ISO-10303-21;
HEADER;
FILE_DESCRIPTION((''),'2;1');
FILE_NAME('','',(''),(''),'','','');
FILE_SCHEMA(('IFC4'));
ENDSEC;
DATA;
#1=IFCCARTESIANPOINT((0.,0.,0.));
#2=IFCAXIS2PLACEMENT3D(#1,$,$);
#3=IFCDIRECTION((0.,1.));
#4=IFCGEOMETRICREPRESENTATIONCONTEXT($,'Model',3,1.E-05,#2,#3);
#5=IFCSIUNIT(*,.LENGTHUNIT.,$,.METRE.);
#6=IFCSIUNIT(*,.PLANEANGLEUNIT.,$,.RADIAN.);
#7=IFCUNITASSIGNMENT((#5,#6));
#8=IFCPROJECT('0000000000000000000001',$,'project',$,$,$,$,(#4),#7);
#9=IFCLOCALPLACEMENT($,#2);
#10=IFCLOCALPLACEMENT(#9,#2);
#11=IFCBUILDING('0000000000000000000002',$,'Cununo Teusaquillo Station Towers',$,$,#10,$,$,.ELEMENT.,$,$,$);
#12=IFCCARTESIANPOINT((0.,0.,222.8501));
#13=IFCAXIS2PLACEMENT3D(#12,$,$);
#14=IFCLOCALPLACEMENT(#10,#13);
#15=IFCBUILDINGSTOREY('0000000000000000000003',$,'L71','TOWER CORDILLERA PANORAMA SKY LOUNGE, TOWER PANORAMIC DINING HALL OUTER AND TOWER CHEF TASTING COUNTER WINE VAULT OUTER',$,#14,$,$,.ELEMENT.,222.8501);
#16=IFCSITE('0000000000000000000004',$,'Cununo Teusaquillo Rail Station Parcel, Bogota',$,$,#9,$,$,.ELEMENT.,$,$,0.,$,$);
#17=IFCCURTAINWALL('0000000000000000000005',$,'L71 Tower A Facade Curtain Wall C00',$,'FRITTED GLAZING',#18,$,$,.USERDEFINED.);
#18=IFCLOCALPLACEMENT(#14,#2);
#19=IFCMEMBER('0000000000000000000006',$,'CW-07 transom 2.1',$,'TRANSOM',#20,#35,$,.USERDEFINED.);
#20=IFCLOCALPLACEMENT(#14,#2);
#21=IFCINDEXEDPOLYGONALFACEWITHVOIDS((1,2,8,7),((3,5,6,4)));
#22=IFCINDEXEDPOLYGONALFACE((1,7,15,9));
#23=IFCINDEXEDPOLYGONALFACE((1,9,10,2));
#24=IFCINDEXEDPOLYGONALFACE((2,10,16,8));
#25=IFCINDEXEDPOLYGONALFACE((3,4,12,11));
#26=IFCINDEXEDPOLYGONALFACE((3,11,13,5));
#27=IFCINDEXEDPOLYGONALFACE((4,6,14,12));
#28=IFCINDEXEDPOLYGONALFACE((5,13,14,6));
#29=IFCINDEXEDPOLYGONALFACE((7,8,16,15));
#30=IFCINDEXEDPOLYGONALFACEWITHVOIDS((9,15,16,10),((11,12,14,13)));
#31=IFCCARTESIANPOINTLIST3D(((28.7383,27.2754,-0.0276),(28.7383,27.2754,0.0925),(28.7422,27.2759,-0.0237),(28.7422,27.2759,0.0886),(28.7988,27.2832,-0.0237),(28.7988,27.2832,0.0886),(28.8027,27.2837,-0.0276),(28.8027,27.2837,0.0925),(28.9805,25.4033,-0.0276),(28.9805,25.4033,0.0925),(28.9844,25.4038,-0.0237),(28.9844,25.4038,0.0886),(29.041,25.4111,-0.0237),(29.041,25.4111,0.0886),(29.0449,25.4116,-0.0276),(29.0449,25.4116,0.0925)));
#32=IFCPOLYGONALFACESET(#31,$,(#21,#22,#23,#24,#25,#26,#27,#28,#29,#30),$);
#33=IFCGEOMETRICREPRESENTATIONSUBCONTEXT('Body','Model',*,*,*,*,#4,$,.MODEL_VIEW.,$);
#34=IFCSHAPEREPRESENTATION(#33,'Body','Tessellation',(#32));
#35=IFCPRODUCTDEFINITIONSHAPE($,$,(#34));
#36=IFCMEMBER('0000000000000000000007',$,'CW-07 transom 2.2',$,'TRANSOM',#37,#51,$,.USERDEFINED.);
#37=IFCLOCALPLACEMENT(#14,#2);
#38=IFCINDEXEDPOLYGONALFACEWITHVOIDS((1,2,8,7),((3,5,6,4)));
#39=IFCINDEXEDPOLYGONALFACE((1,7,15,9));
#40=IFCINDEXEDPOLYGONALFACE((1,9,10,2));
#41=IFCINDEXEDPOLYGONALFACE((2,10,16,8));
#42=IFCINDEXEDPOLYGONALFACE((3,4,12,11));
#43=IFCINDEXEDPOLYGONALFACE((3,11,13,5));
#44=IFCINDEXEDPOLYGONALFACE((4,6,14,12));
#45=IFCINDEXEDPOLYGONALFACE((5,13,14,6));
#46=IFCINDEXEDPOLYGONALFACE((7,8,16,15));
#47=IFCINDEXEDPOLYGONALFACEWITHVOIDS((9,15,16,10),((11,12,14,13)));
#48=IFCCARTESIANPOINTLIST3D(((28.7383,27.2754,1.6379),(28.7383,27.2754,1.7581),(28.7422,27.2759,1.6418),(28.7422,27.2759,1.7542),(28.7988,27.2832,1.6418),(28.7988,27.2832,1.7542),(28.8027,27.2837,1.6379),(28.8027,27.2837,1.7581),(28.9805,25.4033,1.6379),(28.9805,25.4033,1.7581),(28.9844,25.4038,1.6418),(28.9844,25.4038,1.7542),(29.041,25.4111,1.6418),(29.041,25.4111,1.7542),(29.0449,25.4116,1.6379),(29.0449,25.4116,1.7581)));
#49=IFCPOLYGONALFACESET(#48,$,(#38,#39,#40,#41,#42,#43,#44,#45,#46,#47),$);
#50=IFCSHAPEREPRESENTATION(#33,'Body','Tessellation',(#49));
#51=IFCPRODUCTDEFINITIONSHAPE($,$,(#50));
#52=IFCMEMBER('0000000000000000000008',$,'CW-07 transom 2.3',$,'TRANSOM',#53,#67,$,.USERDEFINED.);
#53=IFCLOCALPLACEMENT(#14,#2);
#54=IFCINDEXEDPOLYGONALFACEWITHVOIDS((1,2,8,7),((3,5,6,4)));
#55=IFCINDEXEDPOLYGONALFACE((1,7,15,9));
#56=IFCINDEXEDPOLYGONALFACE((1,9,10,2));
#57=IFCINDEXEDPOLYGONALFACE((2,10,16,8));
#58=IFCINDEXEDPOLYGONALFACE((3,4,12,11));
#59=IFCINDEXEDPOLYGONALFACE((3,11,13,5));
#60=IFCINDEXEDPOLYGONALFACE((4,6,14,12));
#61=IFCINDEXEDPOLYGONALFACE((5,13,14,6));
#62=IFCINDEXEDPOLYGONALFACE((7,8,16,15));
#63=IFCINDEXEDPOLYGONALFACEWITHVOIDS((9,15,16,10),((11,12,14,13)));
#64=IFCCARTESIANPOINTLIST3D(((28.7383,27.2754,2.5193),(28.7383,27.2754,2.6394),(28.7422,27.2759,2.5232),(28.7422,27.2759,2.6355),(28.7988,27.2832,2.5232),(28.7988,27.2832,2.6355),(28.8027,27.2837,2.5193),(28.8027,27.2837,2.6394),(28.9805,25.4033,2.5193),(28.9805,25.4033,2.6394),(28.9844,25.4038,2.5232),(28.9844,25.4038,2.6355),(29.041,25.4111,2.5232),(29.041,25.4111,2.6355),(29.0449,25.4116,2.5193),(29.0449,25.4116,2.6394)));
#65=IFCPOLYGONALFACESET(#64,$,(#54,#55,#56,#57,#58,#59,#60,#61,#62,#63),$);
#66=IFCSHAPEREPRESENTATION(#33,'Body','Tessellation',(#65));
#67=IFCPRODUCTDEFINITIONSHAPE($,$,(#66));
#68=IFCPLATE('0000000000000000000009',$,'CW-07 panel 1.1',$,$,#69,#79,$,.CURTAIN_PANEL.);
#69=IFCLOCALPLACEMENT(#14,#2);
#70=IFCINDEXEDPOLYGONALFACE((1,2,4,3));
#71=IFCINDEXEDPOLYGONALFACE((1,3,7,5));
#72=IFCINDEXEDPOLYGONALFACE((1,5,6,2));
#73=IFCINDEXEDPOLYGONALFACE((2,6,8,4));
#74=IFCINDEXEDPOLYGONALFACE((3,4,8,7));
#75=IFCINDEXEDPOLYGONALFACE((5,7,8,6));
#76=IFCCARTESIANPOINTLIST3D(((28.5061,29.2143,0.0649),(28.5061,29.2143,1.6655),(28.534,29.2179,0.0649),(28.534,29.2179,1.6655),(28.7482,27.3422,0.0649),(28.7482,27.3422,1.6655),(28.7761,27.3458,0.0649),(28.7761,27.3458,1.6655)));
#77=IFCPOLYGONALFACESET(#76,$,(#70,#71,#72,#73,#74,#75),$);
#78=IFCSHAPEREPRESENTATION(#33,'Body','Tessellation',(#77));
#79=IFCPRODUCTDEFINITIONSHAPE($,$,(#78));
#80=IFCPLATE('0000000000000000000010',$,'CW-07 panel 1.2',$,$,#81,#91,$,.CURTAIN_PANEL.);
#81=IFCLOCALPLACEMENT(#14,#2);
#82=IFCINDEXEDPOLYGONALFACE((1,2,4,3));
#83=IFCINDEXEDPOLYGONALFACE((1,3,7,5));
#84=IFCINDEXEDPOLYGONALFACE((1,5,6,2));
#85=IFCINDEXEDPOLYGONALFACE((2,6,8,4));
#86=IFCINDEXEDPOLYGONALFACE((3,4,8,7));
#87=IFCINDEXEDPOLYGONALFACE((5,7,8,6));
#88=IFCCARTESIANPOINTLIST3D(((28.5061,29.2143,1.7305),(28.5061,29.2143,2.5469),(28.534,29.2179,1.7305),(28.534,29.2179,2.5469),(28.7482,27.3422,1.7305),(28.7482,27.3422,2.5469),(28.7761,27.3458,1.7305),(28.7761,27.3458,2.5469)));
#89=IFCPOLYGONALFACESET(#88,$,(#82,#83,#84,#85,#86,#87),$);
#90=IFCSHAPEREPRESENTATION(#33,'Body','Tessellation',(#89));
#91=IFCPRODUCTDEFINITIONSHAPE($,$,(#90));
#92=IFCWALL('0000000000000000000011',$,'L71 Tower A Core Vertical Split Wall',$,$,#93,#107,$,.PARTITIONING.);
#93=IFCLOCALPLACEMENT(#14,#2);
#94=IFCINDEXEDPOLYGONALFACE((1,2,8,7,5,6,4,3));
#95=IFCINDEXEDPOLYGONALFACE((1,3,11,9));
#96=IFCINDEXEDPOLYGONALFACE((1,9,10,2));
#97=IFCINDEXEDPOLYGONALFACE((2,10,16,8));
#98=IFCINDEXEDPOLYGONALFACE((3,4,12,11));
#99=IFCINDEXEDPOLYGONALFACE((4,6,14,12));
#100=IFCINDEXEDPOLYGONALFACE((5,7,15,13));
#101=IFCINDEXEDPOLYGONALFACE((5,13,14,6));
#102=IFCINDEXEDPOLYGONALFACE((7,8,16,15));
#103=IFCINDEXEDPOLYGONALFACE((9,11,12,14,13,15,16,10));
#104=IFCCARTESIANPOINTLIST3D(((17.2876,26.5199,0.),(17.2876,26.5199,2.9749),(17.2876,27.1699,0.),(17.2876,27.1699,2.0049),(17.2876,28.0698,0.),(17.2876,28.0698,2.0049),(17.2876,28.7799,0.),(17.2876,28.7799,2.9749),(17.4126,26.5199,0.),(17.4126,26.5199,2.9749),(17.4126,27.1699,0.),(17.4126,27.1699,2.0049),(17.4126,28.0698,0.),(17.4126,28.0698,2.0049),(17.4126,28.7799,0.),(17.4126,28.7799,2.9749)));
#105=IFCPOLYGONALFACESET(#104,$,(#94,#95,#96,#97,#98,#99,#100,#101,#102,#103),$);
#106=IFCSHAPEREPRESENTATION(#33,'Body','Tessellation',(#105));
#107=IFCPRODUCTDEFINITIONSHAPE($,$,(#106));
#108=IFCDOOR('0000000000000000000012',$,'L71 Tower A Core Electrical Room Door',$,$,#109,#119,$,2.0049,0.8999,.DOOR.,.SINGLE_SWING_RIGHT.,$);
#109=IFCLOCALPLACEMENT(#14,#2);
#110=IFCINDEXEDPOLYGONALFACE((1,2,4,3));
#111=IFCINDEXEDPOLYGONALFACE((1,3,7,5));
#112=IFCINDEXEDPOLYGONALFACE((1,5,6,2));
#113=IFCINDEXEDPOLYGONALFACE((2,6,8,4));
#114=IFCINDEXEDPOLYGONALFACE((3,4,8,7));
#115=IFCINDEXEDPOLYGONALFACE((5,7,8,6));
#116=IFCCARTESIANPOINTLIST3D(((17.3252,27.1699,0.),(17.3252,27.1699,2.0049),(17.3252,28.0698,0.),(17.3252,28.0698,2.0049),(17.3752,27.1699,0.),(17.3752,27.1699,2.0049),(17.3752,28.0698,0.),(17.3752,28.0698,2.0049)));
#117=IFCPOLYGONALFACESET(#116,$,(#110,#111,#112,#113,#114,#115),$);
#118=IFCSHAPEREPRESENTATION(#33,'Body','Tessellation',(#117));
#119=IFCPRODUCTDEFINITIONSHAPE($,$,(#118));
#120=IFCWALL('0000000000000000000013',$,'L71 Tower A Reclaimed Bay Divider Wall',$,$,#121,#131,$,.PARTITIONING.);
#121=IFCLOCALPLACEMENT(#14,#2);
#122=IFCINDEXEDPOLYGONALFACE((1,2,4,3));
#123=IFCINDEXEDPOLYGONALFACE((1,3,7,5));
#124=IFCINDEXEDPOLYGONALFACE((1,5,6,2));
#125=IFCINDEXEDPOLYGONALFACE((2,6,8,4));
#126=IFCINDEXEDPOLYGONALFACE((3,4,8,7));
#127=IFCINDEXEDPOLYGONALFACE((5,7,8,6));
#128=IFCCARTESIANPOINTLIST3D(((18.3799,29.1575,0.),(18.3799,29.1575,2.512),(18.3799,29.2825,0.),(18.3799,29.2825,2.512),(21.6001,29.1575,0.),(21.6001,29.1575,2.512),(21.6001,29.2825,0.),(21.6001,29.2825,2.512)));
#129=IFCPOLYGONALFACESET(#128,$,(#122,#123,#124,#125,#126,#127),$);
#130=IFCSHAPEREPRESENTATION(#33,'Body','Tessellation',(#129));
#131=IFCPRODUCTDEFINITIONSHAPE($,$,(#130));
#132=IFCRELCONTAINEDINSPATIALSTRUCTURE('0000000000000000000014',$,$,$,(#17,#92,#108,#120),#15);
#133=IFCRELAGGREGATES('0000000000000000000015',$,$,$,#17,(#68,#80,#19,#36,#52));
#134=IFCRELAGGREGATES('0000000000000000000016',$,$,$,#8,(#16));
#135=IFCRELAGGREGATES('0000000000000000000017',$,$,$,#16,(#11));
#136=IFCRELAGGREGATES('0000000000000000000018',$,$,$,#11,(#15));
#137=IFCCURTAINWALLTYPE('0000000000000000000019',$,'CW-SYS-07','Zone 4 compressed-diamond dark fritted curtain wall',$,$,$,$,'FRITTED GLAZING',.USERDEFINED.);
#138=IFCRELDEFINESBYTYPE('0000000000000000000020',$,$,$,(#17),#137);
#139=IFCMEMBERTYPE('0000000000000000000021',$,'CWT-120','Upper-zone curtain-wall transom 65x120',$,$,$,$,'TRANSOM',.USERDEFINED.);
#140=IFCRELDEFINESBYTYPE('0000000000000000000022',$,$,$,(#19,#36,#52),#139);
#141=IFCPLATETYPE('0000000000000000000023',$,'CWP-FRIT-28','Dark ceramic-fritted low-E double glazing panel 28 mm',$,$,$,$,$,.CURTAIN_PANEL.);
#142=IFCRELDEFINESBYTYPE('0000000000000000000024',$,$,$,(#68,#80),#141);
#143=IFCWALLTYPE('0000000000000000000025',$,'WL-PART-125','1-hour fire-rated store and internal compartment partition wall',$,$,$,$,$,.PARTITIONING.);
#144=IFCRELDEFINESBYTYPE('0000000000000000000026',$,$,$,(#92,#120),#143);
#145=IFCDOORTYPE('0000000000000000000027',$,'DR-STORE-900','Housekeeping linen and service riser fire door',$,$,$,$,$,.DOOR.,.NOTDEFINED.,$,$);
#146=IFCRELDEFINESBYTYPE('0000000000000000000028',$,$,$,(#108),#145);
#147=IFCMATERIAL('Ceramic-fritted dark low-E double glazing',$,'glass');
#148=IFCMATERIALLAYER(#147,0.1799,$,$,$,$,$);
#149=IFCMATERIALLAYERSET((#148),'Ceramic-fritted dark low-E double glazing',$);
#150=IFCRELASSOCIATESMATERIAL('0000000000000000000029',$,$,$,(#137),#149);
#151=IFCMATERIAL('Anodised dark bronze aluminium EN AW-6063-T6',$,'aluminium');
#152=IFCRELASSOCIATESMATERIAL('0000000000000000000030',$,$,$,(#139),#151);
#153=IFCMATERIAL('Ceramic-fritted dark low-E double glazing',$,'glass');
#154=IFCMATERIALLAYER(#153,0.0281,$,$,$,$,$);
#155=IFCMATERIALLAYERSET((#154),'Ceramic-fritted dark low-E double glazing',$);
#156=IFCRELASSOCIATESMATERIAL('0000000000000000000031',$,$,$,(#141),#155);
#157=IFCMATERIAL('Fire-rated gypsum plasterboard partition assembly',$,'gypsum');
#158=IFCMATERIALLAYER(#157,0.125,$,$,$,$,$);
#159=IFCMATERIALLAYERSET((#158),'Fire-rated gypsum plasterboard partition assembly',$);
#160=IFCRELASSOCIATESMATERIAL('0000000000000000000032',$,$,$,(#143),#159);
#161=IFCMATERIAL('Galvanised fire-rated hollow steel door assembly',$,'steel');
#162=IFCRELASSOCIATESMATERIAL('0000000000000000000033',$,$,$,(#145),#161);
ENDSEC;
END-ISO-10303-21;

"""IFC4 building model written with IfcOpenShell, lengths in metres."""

from ifc_helpers import new_model, si_unit, direction, frame, frame_2d, origin, origin_2d, place, context, subcontext, project, spatial, rectangle, hollow_rectangle, extrude, source, transform, mapped, material, layer, layer_set, material_profile, profile_set, type_object, element, fill, aggregate, save


model = new_model("IFC4")

# Units and contexts
model_context = context("Model", 3, precision=1e-05, world=origin(), true_north=direction((0.0, 1.0)))
body_context = subcontext(model_context, "Body", "Model", "MODEL_VIEW")
ifc_project = project(units=[si_unit("LENGTHUNIT", "METRE"), si_unit("PLANEANGLEUNIT", "RADIAN")], contexts=[model_context])

# Site, building, storey
site_placement = place(None, origin())
site = spatial("IfcSite", under=ifc_project, at=site_placement, Name="Cununo Teusaquillo Rail Station Parcel, Bogota", CompositionType="ELEMENT", RefElevation=0.0)
building_placement = place(site_placement, origin())
building = spatial("IfcBuilding", under=site, at=building_placement, Name="Cununo Teusaquillo Station Towers", CompositionType="ELEMENT")
storey_placement = place(building_placement, frame((0.0, 0.0, 222.8501)))
storey = spatial("IfcBuildingStorey", under=building, at=storey_placement, Name="L71", Description="TOWER CORDILLERA PANORAMA SKY LOUNGE, TOWER PANORAMIC DINING HALL OUTER AND TOWER CHEF TASTING COUNTER WINE VAULT OUTER", CompositionType="ELEMENT", Elevation=222.8501)

# Curtain wall, members, plates
ifc_material_1 = material(Name="Ceramic-fritted dark low-E double glazing", Category="glass")
ifc_layer_1 = layer(ifc_material_1, 0.1799)
ifc_layer_set_1 = layer_set([ifc_layer_1], Name="Ceramic-fritted dark low-E double glazing")
curtain_wall_type = type_object("IfcCurtainWallType", Name="CW-SYS-07", Description="Zone 4 compressed-diamond dark fritted curtain wall", ElementType="FRITTED GLAZING", PredefinedType="USERDEFINED", material=ifc_layer_set_1)
curtain_wall_placement = place(storey_placement, origin())
curtain_wall = element("IfcCurtainWall", 1, at=curtain_wall_placement, inside=storey, type_object=curtain_wall_type, Name="L71 Tower A Facade Curtain Wall C00", ObjectType="FRITTED GLAZING", PredefinedType="USERDEFINED")
ifc_material_2 = material(Name="Anodised dark bronze aluminium EN AW-6063-T6", Category="aluminium")
ifc_material_profile_1 = material_profile(ifc_material_2, hollow_rectangle(XDim=0.0649, YDim=0.1201, WallThickness=0.0039, at=origin_2d()), Name="CW-TRAN-65x120")
ifc_profile_set_1 = profile_set([ifc_material_profile_1], Name="Anodised dark bronze aluminium EN AW-6063-T6")
member_type_1 = type_object("IfcMemberType", Name="CWT-120", Description="Upper-zone curtain-wall transom 65x120", ElementType="TRANSOM", PredefinedType="USERDEFINED", material=ifc_profile_set_1)
member_1_placement = place(storey_placement, frame((28.7705, 27.2795, 0.0325), z_axis=(0.1283, -0.991735, 0.0), x_axis=(0.991735, 0.1283, 0.0)))
member_1 = element("IfcMember", 2, at=member_1_placement, type_object=member_type_1, Name="CW-07 transom 2.1", ObjectType="TRANSOM", PredefinedType="USERDEFINED", context=body_context, shape_type="SweptSolid", body=[
    extrude(hollow_rectangle(XDim=0.0649, YDim=0.1201, WallThickness=0.0039, at=origin_2d()), origin(), (0.0, 0.0, 1.0), 1.8877),
])
member_2_placement = place(storey_placement, frame((28.7705, 27.2795, 1.698), z_axis=(0.1283, -0.991735, 0.0), x_axis=(0.991735, 0.1283, 0.0)))
member_2 = element("IfcMember", 3, at=member_2_placement, type_object=member_type_1, Name="CW-07 transom 2.2", ObjectType="TRANSOM", PredefinedType="USERDEFINED", context=body_context, shape_type="SweptSolid", body=[
    extrude(hollow_rectangle(XDim=0.0649, YDim=0.1201, WallThickness=0.0039, at=origin_2d()), origin(), (0.0, 0.0, 1.0), 1.8877),
])
member_3_placement = place(storey_placement, frame((28.7705, 27.2795, 2.5793), z_axis=(0.1283, -0.991735, 0.0), x_axis=(0.991735, 0.1283, 0.0)))
member_3 = element("IfcMember", 4, at=member_3_placement, type_object=member_type_1, Name="CW-07 transom 2.3", ObjectType="TRANSOM", PredefinedType="USERDEFINED", context=body_context, shape_type="SweptSolid", body=[
    extrude(hollow_rectangle(XDim=0.0649, YDim=0.1201, WallThickness=0.0039, at=origin_2d()), origin(), (0.0, 0.0, 1.0), 1.8877),
])
ifc_material_3 = material(Name="Ceramic-fritted dark low-E double glazing", Category="glass")
ifc_layer_2 = layer(ifc_material_3, 0.0281)
ifc_layer_set_2 = layer_set([ifc_layer_2], Name="Ceramic-fritted dark low-E double glazing")
plate_type = type_object("IfcPlateType", Name="CWP-FRIT-28", Description="Dark ceramic-fritted low-E double glazing panel 28 mm", PredefinedType="CURTAIN_PANEL", material=ifc_layer_set_2)
shared_shape_1 = source(origin(), body_context, "Body", "SweptSolid", [
    extrude(rectangle(XDim=1.8877, YDim=0.0281, at=origin_2d()), origin(), (0.0, 0.0, 1.0), 1.6006),
])
plate_1_placement = place(storey_placement, frame((28.6411, 28.28, 0.0649), z_axis=(0.0, 0.0, 1.0), x_axis=(0.128253, -0.991742, 0.0)))
plate_1 = element("IfcPlate", 5, at=plate_1_placement, type_object=plate_type, Name="CW-07 panel 1.1", PredefinedType="CURTAIN_PANEL", context=body_context, shape_type="MappedRepresentation", body=[
    mapped(shared_shape_1, transform((0.0, 0.0, 0.0), x_axis=(1.0, 0.0, 0.0), y_axis=(0.0, 1.0, 0.0), z_axis=(0.0, 0.0, 1.0), scale=1.0)),
])
shared_shape_2 = source(origin(), body_context, "Body", "SweptSolid", [
    extrude(rectangle(XDim=1.8877, YDim=0.0281, at=origin_2d()), origin(), (0.0, 0.0, 1.0), 0.8164),
])
plate_2_placement = place(storey_placement, frame((28.6411, 28.28, 1.7305), z_axis=(0.0, 0.0, 1.0), x_axis=(0.128253, -0.991742, 0.0)))
plate_2 = element("IfcPlate", 6, at=plate_2_placement, type_object=plate_type, Name="CW-07 panel 1.2", PredefinedType="CURTAIN_PANEL", context=body_context, shape_type="MappedRepresentation", body=[
    mapped(shared_shape_2, transform((0.0, 0.0, 0.0), x_axis=(1.0, 0.0, 0.0), y_axis=(0.0, 1.0, 0.0), z_axis=(0.0, 0.0, 1.0), scale=1.0)),
])
aggregate(curtain_wall, [plate_1, plate_2, member_1, member_2, member_3])

# Wall, opening, door
ifc_material_4 = material(Name="Fire-rated gypsum plasterboard partition assembly", Category="gypsum")
ifc_layer_3 = layer(ifc_material_4, 0.125)
ifc_layer_set_3 = layer_set([ifc_layer_3], Name="Fire-rated gypsum plasterboard partition assembly")
wall_type_1 = type_object("IfcWallType", Name="WL-PART-125", Description="1-hour fire-rated store and internal compartment partition wall", PredefinedType="PARTITIONING", material=ifc_layer_set_3)
wall_1_placement = place(storey_placement, frame((17.3501, 26.52, 0.0), z_axis=(0.0, 0.0, 1.0), x_axis=(0.0, 1.0, 0.0)))
wall_1 = element("IfcWall", 7, at=wall_1_placement, inside=storey, type_object=wall_type_1, Name="L71 Tower A Core Vertical Split Wall", PredefinedType="PARTITIONING", context=body_context, shape_type="SweptSolid", body=[
    extrude(rectangle(XDim=2.26, YDim=0.125, at=frame_2d((1.1299, 0.0))), origin(), (0.0, 0.0, 1.0), 2.9749),
])
shared_shape_3 = source(origin(), body_context, "Body", "SweptSolid", [
    extrude(rectangle(XDim=0.8999, YDim=2.0049, at=frame_2d((0.45, 1.0024))), frame((0.0, 0.0725, 0.0), z_axis=(0.0, -1.0, 0.0), x_axis=(1.0, 0.0, 0.0)), (0.0, 0.0, 1.0), 0.145),
])
opening_1_placement = place(wall_1_placement, frame((0.6499, 0.0, 0.0)))
opening_1 = element("IfcOpeningElement", 8, at=opening_1_placement, cuts=wall_1, PredefinedType="OPENING", context=body_context, shape_type="MappedRepresentation", body=[
    mapped(shared_shape_3, transform((0.0, 0.0, 0.0), x_axis=(1.0, 0.0, 0.0), y_axis=(0.0, 1.0, 0.0), z_axis=(0.0, 0.0, 1.0), scale=1.0)),
])
ifc_material_5 = material(Name="Galvanised fire-rated hollow steel door assembly", Category="steel")
door_type_1 = type_object("IfcDoorType", Name="DR-STORE-900", Description="Housekeeping linen and service riser fire door", OperationType="NOTDEFINED", PredefinedType="DOOR", material=ifc_material_5)
shared_shape_4 = source(origin(), body_context, "Body", "SweptSolid", [
    extrude(rectangle(XDim=0.8999, YDim=2.0049, at=frame_2d((0.45, 1.0024))), frame((0.0, 0.0249, 0.0), z_axis=(0.0, -1.0, 0.0), x_axis=(1.0, 0.0, 0.0)), (0.0, 0.0, 1.0), 0.05),
])
door_1_placement = place(opening_1_placement, origin())
door_1 = element("IfcDoor", 9, at=door_1_placement, inside=storey, type_object=door_type_1, Name="L71 Tower A Core Electrical Room Door", OperationType="SINGLE_SWING_RIGHT", OverallHeight=2.0049, OverallWidth=0.8999, PredefinedType="DOOR", context=body_context, shape_type="MappedRepresentation", body=[
    mapped(shared_shape_4, transform((0.0, 0.0, 0.0), x_axis=(1.0, 0.0, 0.0), y_axis=(0.0, 1.0, 0.0), z_axis=(0.0, 0.0, 1.0), scale=1.0)),
])
fill(opening_1, door_1)

# Wall
wall_2_placement = place(storey_placement, frame((18.3799, 29.22, 0.0), z_axis=(0.0, 0.0, 1.0), x_axis=(1.0, 0.0, 0.0)))
element("IfcWall", 10, at=wall_2_placement, inside=storey, type_object=wall_type_1, Name="L71 Tower A Reclaimed Bay Divider Wall", PredefinedType="PARTITIONING", context=body_context, shape_type="SweptSolid", body=[
    extrude(rectangle(XDim=3.2202, YDim=0.125, at=frame_2d((1.6101, 0.0))), origin(), (0.0, 0.0, 1.0), 2.512),
])

save(model, "model.ifc")
